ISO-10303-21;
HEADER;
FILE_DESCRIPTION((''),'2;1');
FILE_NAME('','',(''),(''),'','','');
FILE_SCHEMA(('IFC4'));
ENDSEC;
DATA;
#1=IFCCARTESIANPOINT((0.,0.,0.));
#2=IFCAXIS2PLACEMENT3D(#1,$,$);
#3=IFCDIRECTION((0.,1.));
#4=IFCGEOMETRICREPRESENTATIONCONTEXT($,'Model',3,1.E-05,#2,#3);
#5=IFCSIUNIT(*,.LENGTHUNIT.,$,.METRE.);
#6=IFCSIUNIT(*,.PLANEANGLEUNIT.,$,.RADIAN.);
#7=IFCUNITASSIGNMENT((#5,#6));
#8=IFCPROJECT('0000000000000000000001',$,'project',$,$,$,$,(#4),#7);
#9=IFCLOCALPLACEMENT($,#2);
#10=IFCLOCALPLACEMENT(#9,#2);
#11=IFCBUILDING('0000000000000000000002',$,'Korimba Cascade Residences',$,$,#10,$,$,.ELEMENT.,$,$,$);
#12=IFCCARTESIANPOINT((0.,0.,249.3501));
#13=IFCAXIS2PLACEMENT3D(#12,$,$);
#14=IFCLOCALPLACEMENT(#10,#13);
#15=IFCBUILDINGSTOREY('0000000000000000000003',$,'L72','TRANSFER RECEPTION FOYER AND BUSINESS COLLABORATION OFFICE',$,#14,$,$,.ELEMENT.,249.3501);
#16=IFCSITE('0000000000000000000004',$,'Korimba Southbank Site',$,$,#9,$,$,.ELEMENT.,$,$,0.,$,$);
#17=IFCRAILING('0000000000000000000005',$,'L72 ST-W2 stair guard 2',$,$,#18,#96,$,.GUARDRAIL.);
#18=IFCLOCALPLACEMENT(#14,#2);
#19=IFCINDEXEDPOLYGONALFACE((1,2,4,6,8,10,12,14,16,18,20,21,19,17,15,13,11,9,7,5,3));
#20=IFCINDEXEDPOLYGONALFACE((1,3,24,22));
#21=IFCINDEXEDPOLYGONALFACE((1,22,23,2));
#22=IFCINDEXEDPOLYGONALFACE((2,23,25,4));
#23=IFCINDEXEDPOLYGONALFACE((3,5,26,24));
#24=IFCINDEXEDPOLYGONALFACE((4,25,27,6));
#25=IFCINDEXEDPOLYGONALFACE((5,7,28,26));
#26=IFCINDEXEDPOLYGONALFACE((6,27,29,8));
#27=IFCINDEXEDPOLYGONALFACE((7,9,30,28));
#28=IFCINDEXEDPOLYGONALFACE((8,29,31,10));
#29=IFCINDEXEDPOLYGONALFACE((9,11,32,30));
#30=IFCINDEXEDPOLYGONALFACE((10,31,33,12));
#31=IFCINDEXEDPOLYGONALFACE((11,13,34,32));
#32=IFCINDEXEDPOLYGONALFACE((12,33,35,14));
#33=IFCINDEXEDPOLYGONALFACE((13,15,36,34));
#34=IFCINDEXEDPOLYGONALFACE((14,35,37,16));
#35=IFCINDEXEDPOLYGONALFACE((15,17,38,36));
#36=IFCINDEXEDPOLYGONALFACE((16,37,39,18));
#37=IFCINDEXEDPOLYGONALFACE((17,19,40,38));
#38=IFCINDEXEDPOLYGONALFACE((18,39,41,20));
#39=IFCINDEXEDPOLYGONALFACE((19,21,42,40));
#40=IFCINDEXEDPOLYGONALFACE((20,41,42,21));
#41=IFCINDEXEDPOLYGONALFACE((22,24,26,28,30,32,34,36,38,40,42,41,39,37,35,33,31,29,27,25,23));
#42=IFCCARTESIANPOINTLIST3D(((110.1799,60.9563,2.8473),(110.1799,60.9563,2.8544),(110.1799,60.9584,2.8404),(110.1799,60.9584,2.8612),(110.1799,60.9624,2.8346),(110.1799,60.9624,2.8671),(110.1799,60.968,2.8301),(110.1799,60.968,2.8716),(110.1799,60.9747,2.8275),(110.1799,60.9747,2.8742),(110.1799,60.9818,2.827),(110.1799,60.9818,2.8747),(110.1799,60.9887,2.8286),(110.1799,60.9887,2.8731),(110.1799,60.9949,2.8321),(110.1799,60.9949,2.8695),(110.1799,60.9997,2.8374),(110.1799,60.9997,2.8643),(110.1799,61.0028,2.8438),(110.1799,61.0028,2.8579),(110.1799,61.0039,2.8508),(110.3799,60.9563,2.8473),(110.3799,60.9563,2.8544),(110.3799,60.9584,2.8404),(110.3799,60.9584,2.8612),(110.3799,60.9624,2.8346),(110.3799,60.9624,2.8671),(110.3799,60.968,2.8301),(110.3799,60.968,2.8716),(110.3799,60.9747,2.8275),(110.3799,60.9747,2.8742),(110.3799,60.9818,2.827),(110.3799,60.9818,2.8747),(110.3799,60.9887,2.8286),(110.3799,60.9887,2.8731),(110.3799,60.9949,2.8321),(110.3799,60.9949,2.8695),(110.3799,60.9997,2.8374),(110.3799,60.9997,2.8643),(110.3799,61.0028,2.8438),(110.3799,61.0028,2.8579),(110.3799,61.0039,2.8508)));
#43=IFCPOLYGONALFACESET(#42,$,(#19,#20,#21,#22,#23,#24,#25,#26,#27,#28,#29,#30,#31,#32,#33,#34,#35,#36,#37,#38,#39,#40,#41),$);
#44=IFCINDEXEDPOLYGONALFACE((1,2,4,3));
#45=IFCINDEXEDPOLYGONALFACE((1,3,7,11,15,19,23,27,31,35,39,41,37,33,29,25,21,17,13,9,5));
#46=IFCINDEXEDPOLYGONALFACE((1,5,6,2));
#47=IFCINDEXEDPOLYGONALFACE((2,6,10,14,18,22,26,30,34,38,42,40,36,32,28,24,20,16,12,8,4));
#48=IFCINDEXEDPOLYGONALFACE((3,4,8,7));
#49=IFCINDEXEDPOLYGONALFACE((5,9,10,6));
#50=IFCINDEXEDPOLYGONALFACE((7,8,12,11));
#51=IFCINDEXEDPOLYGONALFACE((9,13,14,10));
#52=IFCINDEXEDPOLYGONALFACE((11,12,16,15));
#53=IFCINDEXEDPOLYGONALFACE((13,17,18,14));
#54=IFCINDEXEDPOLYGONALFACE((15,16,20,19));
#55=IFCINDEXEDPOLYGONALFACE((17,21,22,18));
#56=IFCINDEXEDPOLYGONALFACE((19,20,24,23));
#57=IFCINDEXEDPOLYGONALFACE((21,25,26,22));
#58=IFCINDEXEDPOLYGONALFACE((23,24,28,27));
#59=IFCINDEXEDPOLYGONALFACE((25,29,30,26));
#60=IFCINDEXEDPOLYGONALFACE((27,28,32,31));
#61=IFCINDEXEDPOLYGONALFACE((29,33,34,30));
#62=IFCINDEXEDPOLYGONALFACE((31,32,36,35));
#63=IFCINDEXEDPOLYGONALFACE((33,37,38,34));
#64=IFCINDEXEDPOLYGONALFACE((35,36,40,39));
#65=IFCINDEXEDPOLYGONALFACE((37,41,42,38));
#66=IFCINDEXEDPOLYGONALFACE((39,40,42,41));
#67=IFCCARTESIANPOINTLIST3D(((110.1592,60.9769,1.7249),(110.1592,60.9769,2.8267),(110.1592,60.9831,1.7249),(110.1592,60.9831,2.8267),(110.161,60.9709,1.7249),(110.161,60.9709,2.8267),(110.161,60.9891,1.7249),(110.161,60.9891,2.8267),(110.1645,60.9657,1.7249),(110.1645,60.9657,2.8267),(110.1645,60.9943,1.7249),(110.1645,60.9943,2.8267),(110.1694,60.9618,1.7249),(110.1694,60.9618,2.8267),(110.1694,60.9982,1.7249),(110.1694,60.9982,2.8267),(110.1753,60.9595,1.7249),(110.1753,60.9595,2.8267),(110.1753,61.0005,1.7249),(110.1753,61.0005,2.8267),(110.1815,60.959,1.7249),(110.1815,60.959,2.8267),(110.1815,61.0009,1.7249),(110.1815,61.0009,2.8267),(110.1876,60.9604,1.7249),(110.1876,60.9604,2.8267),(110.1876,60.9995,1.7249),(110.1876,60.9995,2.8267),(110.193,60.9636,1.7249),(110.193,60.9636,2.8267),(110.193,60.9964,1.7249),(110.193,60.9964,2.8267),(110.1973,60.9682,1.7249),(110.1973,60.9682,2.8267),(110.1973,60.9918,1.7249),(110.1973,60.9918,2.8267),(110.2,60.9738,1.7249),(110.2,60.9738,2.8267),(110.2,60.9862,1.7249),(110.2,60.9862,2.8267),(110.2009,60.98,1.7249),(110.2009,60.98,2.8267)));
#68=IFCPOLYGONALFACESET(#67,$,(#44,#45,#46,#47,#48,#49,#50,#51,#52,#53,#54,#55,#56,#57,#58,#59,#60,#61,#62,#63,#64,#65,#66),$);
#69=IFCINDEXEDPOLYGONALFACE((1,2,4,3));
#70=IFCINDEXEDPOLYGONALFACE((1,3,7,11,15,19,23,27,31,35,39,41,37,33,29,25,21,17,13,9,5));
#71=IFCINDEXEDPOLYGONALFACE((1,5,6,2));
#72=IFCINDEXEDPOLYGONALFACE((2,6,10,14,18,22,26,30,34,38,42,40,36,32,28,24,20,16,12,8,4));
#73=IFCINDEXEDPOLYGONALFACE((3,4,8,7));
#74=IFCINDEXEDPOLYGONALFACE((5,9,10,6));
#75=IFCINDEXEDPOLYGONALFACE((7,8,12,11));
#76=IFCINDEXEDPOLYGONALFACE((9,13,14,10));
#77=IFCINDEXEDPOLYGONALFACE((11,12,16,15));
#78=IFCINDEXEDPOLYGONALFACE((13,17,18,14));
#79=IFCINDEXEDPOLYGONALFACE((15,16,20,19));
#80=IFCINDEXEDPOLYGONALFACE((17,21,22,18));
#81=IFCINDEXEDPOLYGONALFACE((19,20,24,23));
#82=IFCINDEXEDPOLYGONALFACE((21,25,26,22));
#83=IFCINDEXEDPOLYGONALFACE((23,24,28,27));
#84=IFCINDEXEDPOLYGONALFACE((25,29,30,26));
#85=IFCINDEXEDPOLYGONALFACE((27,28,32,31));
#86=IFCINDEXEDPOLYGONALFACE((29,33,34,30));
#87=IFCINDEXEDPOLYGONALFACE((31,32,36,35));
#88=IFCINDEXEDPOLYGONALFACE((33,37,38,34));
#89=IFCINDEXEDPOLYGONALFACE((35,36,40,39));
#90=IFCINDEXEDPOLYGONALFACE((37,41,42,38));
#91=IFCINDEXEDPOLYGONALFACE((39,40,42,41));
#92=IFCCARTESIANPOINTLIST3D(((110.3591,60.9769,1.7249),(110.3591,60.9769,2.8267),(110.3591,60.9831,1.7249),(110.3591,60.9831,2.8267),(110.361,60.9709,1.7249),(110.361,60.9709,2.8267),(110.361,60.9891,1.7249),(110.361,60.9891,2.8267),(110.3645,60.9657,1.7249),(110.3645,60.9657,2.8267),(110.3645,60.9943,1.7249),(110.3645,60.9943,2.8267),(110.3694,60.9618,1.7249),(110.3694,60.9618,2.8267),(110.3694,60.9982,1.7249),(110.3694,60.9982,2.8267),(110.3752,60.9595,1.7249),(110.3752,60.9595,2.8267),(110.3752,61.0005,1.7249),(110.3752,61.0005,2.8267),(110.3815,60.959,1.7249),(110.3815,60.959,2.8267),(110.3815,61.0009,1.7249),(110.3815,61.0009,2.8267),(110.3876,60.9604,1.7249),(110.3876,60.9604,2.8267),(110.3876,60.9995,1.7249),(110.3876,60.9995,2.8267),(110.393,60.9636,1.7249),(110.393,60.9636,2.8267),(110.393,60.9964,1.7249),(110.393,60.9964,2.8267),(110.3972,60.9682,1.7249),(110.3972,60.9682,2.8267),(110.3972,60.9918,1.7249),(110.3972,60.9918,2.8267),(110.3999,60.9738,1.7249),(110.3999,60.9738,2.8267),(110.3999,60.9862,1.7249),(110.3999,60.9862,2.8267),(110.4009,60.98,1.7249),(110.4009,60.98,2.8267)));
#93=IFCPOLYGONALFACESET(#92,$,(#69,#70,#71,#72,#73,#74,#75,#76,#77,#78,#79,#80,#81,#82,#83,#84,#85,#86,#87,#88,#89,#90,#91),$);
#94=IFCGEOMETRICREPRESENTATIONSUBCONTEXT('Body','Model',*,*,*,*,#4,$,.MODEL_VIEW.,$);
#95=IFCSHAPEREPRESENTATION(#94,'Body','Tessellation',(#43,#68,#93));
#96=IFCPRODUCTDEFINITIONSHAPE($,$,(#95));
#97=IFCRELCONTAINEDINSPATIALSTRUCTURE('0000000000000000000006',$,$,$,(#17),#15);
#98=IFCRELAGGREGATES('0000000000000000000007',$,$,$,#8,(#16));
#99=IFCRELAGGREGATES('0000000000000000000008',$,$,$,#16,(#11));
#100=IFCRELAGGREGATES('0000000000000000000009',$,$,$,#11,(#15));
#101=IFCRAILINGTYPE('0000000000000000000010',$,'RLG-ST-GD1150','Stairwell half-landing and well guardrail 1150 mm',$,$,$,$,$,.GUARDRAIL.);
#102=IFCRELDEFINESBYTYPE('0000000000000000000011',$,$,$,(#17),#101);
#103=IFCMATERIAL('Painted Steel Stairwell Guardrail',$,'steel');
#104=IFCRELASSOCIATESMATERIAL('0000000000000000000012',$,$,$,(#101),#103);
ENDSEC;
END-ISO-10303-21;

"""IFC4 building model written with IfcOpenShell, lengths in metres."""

from ifc_helpers import new_model, si_unit, direction, frame, origin, origin_2d, place, context, subcontext, project, spatial, circle, extrude, material, type_object, element, save


model = new_model("IFC4")

# Units and contexts
model_context = context("Model", 3, precision=1e-05, world=origin(), true_north=direction((0.0, 1.0)))
body_context = subcontext(model_context, "Body", "Model", "MODEL_VIEW")
ifc_project = project(units=[si_unit("LENGTHUNIT", "METRE"), si_unit("PLANEANGLEUNIT", "RADIAN")], contexts=[model_context])

# Site, building, storey
site_placement = place(None, origin())
site = spatial("IfcSite", under=ifc_project, at=site_placement, Name="Korimba Southbank Site", CompositionType="ELEMENT", RefElevation=0.0)
building_placement = place(site_placement, origin())
building = spatial("IfcBuilding", under=site, at=building_placement, Name="Korimba Cascade Residences", CompositionType="ELEMENT")
storey_placement = place(building_placement, frame((0.0, 0.0, 249.3501)))
storey = spatial("IfcBuildingStorey", under=building, at=storey_placement, Name="L72", Description="TRANSFER RECEPTION FOYER AND BUSINESS COLLABORATION OFFICE", CompositionType="ELEMENT", Elevation=249.3501)

# Railing
ifc_material_1 = material(Name="Painted Steel Stairwell Guardrail", Category="steel")
railing_type_1 = type_object("IfcRailingType", Name="RLG-ST-GD1150", Description="Stairwell half-landing and well guardrail 1150 mm", PredefinedType="GUARDRAIL", material=ifc_material_1)
railing_1_placement = place(storey_placement, frame((110.1799, 60.98, 1.7249)))
element("IfcRailing", 1, at=railing_1_placement, inside=storey, type_object=railing_type_1, Name="L72 ST-W2 stair guard 2", PredefinedType="GUARDRAIL", context=body_context, shape_type="SweptSolid", body=[
    extrude(circle(Radius=0.0239, at=origin_2d()), frame((0.0, 0.0, 1.126), z_axis=(1.0, 0.0, 0.0), x_axis=(0.0, 1.0, 0.0)), (0.0, 0.0, 1.0), 0.2),
    extrude(circle(Radius=0.021, at=origin_2d()), origin(), (0.0, 0.0, 1.0), 1.1018),
    extrude(circle(Radius=0.021, at=origin_2d()), frame((0.2, 0.0, 0.0)), (0.0, 0.0, 1.0), 1.1018),
])

save(model, "model.ifc")
